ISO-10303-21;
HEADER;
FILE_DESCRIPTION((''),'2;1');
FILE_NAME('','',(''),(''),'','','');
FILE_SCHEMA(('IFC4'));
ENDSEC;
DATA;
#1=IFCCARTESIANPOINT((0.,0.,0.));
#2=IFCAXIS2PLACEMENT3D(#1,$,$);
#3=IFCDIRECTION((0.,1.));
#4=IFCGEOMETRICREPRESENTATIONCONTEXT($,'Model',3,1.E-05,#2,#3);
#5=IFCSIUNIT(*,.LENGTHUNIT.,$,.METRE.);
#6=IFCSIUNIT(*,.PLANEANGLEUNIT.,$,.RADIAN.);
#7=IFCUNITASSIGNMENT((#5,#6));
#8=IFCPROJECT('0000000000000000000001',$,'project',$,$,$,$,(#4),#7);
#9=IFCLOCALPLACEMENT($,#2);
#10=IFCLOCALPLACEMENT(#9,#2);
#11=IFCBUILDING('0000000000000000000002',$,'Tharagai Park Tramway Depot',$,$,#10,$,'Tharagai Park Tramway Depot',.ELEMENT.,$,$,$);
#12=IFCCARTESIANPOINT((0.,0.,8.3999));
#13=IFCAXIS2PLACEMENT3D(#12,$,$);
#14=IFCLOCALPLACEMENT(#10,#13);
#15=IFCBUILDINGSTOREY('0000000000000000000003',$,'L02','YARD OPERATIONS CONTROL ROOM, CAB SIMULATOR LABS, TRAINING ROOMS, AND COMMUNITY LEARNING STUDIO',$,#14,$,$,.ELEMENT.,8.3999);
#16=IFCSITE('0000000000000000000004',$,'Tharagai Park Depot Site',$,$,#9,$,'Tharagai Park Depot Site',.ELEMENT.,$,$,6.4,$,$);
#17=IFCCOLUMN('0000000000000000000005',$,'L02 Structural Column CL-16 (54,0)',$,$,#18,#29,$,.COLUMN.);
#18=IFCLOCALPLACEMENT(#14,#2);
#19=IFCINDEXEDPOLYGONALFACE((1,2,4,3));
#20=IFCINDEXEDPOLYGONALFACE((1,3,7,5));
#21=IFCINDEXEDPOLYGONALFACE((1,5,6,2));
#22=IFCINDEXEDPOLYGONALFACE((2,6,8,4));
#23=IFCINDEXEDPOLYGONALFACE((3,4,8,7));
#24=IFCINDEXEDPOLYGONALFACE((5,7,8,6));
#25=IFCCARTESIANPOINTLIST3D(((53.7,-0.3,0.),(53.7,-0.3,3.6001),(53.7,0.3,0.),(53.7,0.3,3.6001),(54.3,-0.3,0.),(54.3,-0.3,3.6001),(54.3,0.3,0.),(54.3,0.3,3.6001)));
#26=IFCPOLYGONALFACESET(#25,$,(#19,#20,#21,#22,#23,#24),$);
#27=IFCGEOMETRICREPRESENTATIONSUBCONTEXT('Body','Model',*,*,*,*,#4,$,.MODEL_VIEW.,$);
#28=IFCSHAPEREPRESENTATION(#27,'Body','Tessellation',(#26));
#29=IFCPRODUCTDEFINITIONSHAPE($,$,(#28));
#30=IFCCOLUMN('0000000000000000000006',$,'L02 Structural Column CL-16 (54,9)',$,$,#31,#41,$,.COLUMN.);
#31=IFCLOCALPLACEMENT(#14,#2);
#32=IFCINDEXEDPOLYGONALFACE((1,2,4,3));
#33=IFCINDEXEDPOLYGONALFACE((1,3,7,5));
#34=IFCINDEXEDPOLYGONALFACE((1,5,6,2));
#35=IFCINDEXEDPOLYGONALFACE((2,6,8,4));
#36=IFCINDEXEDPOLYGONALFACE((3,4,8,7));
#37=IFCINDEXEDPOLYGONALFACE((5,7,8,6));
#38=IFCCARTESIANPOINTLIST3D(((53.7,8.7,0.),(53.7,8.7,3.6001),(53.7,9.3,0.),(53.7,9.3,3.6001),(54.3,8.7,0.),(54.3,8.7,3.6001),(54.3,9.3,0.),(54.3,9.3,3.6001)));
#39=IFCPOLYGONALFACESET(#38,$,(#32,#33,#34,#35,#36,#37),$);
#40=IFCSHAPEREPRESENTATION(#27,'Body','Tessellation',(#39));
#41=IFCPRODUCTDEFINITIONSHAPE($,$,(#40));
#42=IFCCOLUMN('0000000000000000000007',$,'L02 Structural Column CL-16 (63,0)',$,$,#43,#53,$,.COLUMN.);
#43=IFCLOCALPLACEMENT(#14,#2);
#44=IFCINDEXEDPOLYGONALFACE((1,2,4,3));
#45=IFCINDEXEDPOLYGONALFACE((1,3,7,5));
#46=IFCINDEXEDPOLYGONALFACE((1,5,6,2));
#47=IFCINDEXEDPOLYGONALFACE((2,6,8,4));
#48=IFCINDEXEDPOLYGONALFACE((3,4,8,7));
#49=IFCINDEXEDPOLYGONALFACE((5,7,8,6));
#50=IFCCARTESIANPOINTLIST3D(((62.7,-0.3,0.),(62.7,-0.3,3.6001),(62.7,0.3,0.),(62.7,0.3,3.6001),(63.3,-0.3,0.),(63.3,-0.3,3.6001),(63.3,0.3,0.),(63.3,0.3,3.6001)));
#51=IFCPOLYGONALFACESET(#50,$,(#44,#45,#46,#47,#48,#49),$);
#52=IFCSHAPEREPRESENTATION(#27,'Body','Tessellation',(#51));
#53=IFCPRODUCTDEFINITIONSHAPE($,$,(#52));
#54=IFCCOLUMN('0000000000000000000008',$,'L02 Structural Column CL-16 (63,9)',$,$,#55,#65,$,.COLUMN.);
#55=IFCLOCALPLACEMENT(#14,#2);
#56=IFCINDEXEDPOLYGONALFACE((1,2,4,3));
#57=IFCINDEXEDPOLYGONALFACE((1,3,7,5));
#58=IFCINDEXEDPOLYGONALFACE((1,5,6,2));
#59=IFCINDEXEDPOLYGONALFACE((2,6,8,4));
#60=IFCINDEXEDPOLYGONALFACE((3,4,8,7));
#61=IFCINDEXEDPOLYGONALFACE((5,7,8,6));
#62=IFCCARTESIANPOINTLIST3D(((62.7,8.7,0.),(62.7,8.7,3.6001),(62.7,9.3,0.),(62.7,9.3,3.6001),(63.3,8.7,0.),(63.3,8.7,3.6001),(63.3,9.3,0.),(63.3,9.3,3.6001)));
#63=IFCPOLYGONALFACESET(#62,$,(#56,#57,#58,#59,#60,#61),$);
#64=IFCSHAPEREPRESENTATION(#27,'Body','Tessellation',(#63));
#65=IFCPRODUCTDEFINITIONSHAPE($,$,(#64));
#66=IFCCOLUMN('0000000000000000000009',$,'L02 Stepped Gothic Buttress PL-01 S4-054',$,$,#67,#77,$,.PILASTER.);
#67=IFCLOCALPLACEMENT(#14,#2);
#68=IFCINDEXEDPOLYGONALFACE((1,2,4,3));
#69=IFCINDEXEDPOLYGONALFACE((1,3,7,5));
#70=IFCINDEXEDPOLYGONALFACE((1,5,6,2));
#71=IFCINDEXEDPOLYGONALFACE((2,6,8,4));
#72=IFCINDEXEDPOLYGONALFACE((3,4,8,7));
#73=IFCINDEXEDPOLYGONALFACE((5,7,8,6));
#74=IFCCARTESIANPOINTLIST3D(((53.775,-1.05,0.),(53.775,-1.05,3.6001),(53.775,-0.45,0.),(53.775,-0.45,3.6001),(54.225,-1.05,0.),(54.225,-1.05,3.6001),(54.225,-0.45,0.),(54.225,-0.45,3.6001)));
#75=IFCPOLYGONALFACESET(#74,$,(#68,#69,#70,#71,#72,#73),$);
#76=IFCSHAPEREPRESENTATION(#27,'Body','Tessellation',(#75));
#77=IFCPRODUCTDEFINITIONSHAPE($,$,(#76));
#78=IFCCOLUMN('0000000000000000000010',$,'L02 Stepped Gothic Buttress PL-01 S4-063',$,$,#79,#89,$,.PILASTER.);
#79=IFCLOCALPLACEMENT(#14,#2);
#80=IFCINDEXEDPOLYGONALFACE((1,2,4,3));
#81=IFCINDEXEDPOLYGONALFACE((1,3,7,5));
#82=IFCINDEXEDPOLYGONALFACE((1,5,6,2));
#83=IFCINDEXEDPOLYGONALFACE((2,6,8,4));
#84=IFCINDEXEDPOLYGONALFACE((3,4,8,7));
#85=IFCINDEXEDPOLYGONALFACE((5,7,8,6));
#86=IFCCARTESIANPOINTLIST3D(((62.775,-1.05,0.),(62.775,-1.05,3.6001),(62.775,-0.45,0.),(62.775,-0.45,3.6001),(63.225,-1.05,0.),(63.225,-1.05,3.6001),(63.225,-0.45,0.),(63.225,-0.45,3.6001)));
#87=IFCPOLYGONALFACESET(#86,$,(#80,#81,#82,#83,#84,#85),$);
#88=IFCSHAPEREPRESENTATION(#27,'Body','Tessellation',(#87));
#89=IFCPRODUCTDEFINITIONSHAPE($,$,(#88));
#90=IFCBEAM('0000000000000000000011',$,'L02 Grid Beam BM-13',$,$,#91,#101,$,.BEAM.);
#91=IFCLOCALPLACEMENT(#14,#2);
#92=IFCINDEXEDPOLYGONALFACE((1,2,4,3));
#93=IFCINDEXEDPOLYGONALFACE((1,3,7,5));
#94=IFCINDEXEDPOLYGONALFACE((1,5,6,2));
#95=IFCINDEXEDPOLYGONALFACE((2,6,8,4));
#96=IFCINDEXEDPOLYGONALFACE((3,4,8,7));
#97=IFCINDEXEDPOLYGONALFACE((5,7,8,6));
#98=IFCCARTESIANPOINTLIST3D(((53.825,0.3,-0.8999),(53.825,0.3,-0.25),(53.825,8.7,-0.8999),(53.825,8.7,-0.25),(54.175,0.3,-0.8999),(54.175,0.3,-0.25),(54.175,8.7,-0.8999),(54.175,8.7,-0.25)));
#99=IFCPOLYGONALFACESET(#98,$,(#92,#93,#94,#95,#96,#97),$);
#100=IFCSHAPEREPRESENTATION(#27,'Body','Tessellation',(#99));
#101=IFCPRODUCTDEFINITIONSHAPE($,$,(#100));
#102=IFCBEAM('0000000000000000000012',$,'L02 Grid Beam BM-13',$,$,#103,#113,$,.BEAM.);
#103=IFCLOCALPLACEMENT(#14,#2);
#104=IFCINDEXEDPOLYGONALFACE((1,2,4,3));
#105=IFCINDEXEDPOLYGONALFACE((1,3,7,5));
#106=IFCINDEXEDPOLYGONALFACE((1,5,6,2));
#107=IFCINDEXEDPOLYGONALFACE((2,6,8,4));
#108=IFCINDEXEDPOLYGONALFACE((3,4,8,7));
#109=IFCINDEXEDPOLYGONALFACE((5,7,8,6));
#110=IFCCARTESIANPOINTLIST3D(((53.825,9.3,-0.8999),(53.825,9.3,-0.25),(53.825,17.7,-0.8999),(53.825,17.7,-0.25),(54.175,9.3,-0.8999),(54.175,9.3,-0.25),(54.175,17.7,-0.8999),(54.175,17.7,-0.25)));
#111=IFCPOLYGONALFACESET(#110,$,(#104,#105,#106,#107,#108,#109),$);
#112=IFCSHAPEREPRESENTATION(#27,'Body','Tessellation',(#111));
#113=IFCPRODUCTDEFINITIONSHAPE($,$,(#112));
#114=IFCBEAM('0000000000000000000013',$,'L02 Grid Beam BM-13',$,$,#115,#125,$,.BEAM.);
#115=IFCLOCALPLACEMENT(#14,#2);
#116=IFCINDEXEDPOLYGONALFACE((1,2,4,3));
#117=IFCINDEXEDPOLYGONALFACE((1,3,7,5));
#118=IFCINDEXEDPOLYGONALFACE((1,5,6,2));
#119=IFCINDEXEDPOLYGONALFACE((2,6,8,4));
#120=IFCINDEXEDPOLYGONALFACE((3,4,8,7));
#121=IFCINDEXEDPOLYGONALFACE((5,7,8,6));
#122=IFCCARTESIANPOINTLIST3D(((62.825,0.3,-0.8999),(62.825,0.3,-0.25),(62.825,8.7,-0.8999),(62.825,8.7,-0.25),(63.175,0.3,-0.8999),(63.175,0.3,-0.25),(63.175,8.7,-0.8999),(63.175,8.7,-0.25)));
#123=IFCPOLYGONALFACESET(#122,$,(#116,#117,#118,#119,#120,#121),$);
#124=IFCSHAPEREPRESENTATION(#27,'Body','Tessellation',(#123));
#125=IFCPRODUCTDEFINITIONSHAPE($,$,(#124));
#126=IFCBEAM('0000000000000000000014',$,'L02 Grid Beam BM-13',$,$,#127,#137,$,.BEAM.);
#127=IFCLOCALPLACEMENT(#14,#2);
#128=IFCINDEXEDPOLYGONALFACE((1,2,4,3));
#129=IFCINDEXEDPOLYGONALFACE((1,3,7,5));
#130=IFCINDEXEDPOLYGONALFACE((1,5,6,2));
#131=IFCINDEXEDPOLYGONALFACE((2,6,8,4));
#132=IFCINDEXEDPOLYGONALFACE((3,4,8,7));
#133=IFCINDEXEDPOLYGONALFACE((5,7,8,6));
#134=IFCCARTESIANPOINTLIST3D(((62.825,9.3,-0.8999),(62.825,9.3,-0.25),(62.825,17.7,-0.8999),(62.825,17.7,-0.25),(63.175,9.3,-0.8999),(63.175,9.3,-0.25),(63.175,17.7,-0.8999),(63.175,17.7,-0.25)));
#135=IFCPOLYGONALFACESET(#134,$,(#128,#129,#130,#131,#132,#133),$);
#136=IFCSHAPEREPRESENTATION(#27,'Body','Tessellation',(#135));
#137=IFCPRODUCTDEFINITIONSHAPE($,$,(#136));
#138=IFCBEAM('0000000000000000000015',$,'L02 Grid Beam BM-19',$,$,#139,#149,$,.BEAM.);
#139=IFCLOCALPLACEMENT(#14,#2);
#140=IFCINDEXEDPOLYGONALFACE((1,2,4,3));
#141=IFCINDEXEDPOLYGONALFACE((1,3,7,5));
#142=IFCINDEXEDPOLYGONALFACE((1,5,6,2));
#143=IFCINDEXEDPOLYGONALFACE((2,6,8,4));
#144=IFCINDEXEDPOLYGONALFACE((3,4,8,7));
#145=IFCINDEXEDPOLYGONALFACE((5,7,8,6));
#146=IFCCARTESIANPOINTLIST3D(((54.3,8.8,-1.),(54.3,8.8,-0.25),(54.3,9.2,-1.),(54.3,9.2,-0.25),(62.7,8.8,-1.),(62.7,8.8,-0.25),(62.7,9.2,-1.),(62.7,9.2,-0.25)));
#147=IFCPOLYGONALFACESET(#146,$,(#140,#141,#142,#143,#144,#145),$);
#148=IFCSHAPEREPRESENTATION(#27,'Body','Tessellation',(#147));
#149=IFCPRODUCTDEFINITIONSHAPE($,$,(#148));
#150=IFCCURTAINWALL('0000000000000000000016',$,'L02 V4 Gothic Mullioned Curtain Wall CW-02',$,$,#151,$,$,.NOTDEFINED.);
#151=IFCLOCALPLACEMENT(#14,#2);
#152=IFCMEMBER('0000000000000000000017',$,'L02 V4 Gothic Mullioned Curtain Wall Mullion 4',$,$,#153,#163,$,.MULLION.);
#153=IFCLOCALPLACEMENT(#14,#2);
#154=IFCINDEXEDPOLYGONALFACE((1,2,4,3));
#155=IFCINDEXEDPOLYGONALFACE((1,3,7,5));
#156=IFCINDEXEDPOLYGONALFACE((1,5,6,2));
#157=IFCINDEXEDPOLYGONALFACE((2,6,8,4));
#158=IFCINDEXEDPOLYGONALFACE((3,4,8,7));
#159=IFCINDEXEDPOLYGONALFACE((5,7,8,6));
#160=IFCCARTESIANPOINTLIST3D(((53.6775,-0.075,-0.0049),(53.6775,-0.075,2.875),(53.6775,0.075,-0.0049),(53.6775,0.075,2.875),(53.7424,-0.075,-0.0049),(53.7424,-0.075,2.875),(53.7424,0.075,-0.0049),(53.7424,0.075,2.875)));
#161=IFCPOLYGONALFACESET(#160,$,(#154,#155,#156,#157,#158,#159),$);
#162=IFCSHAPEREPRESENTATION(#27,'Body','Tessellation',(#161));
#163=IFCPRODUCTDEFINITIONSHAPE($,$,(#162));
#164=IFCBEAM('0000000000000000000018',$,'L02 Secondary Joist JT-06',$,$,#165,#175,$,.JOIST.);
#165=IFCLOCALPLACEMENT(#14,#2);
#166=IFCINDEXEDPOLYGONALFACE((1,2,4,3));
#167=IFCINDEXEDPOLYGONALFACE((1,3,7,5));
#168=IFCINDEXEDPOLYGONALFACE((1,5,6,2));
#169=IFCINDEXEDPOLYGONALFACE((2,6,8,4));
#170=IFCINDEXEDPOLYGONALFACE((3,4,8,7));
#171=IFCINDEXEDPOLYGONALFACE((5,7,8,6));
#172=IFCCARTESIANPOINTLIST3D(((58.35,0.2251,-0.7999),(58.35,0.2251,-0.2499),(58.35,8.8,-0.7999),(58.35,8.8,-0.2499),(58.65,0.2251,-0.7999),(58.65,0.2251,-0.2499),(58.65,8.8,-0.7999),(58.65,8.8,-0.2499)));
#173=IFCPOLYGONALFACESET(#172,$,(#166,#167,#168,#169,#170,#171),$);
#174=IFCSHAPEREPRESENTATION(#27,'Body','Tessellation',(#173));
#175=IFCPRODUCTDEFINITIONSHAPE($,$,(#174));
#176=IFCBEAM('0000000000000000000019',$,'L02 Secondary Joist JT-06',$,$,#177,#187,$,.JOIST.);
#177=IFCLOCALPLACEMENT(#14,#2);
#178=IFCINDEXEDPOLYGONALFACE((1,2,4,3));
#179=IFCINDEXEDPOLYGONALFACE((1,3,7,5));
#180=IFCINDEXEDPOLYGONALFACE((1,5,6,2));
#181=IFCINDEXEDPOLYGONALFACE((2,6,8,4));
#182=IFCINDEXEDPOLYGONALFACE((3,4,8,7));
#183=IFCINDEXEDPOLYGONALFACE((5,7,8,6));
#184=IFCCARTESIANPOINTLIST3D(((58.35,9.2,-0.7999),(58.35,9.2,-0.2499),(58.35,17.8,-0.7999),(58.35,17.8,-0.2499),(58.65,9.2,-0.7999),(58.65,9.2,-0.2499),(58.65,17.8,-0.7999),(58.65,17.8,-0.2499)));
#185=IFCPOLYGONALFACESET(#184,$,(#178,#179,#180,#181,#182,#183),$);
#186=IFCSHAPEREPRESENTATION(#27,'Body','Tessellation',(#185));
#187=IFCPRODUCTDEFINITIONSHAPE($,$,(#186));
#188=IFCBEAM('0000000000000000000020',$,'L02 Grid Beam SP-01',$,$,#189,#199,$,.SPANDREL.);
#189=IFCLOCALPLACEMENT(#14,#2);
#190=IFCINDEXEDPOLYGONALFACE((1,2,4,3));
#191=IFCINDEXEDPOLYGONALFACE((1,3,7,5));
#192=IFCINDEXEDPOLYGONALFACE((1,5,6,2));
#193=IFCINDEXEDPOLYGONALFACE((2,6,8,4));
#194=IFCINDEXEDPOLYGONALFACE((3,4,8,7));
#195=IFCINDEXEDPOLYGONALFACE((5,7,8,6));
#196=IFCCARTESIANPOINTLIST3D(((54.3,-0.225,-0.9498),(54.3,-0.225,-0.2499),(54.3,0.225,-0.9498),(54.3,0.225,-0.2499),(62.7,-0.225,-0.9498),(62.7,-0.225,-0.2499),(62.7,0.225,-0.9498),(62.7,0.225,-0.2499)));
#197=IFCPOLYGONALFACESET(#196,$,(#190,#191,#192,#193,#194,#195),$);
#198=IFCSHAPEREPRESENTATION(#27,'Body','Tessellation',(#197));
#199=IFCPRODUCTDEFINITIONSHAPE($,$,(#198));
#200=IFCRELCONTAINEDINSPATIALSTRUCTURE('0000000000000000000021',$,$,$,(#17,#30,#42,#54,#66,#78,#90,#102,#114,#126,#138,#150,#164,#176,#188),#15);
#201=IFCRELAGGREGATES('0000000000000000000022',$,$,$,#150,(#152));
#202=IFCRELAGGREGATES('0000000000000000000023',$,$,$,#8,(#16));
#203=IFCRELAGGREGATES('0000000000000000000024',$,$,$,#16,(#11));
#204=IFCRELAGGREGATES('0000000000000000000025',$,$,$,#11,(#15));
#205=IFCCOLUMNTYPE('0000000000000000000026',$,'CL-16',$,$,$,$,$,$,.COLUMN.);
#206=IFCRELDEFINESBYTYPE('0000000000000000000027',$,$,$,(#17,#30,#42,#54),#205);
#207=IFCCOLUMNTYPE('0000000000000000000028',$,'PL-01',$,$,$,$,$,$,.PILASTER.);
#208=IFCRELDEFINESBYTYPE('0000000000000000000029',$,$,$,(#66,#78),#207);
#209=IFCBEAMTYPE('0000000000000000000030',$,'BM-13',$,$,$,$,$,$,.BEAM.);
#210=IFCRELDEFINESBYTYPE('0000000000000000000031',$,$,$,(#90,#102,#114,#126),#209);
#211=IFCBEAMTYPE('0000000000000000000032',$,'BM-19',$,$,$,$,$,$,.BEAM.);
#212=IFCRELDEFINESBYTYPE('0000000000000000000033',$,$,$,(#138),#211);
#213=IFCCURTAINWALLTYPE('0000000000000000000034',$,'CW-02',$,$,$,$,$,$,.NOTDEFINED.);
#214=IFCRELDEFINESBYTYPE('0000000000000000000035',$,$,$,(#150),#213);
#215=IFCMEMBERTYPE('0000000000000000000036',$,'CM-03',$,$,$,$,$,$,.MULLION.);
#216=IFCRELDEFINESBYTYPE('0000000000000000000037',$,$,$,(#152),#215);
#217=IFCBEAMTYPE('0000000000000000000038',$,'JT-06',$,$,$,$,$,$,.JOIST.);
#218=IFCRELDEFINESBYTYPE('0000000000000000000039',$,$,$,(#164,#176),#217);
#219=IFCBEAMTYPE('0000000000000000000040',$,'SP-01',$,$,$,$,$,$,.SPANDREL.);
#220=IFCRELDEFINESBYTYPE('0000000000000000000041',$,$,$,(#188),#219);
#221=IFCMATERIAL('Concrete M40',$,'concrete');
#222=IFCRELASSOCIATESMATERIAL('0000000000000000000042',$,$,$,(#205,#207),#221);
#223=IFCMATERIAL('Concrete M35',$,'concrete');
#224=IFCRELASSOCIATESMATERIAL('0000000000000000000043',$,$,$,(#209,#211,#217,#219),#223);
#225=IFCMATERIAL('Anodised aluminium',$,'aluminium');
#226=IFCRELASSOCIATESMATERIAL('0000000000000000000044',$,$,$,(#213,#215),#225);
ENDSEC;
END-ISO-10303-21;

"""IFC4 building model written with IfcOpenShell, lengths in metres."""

from ifc_helpers import new_model, si_unit, direction, frame, origin, origin_2d, place, context, subcontext, project, spatial, rectangle, extrude, material, material_profile, profile_set, type_object, element, aggregate, save


model = new_model("IFC4")

# Units and contexts
model_context = context("Model", 3, precision=1e-05, world=origin(), true_north=direction((0.0, 1.0)))
body_context = subcontext(model_context, "Body", "Model", "MODEL_VIEW")
ifc_project = project(units=[si_unit("LENGTHUNIT", "METRE"), si_unit("PLANEANGLEUNIT", "RADIAN")], contexts=[model_context])

# Site, building, storey
site_placement = place(None, origin())
site = spatial("IfcSite", under=ifc_project, at=site_placement, Name="Tharagai Park Depot Site", LongName="Tharagai Park Depot Site", CompositionType="ELEMENT", RefElevation=6.4)
building_placement = place(site_placement, origin())
building = spatial("IfcBuilding", under=site, at=building_placement, Name="Tharagai Park Tramway Depot", LongName="Tharagai Park Tramway Depot", CompositionType="ELEMENT")
storey_placement = place(building_placement, frame((0.0, 0.0, 8.3999)))
storey = spatial("IfcBuildingStorey", under=building, at=storey_placement, Name="L02", Description="YARD OPERATIONS CONTROL ROOM, CAB SIMULATOR LABS, TRAINING ROOMS, AND COMMUNITY LEARNING STUDIO", CompositionType="ELEMENT", Elevation=8.3999)

# Columns
ifc_material_1 = material(Name="Concrete M40", Category="concrete")
ifc_material_profile_1 = material_profile(ifc_material_1, rectangle(XDim=0.6001, YDim=0.6001, at=origin_2d()), Name="RC 600x600")
ifc_profile_set_1 = profile_set([ifc_material_profile_1], Name="Concrete M40")
column_type_1 = type_object("IfcColumnType", Name="CL-16", PredefinedType="COLUMN", material=ifc_profile_set_1)
for number, where, z_axis, x_axis, name in (
    (1, (54.0, 0.0, 0.0), (0.0, 0.0, 1.0), (1.0, 0.0, 0.0), "L02 Structural Column CL-16 (54,0)"),
    (2, (54.0, 9.0, 0.0), (0.0, 0.0, 1.0), (1.0, 0.0, 0.0), "L02 Structural Column CL-16 (54,9)"),
    (3, (63.0, 0.0, 0.0), (0.0, 0.0, 1.0), (1.0, 0.0, 0.0), "L02 Structural Column CL-16 (63,0)"),
    (4, (63.0, 9.0, 0.0), (0.0, 0.0, 1.0), (1.0, 0.0, 0.0), "L02 Structural Column CL-16 (63,9)"),
):
    element("IfcColumn", number, at=place(storey_placement, frame(where, z_axis=z_axis, x_axis=x_axis)), inside=storey, type_object=column_type_1, Name=name, PredefinedType="COLUMN", context=body_context, shape_type="SweptSolid", body=[
        extrude(rectangle(XDim=0.6001, YDim=0.6001, at=origin_2d()), origin(), (0.0, 0.0, 1.0), 3.6001),
    ])
ifc_material_profile_2 = material_profile(ifc_material_1, rectangle(XDim=0.45, YDim=0.6001, at=origin_2d()), Name="RC 450x600")
ifc_profile_set_2 = profile_set([ifc_material_profile_2], Name="Concrete M40")
column_type_2 = type_object("IfcColumnType", Name="PL-01", PredefinedType="PILASTER", material=ifc_profile_set_2)
for number, where, z_axis, x_axis, name in (
    (5, (54.0, -0.75, 0.0), (0.0, 0.0, 1.0), (1.0, 0.0, 0.0), "L02 Stepped Gothic Buttress PL-01 S4-054"),
    (6, (63.0, -0.75, 0.0), (0.0, 0.0, 1.0), (1.0, 0.0, 0.0), "L02 Stepped Gothic Buttress PL-01 S4-063"),
):
    element("IfcColumn", number, at=place(storey_placement, frame(where, z_axis=z_axis, x_axis=x_axis)), inside=storey, type_object=column_type_2, Name=name, PredefinedType="PILASTER", context=body_context, shape_type="SweptSolid", body=[
        extrude(rectangle(XDim=0.45, YDim=0.6001, at=origin_2d()), origin(), (0.0, 0.0, 1.0), 3.6001),
    ])

# Beams
ifc_material_2 = material(Name="Concrete M35", Category="concrete")
ifc_material_profile_3 = material_profile(ifc_material_2, rectangle(XDim=0.3501, YDim=0.6499, at=origin_2d()), Name="RC 350x650")
ifc_profile_set_3 = profile_set([ifc_material_profile_3], Name="Concrete M35")
beam_type_1 = type_object("IfcBeamType", Name="BM-13", PredefinedType="BEAM", material=ifc_profile_set_3)
for number, where, z_axis, x_axis, name in (
    (7, (54.0, 0.3, -0.575), (0.0, 1.0, 0.0), (-1.0, 0.0, 0.0), "L02 Grid Beam BM-13"),
    (8, (54.0, 9.3, -0.575), (0.0, 1.0, 0.0), (-1.0, 0.0, 0.0), "L02 Grid Beam BM-13"),
    (9, (63.0, 0.3, -0.575), (0.0, 1.0, 0.0), (-1.0, 0.0, 0.0), "L02 Grid Beam BM-13"),
    (10, (63.0, 9.3, -0.575), (0.0, 1.0, 0.0), (-1.0, 0.0, 0.0), "L02 Grid Beam BM-13"),
):
    element("IfcBeam", number, at=place(storey_placement, frame(where, z_axis=z_axis, x_axis=x_axis)), inside=storey, type_object=beam_type_1, Name=name, PredefinedType="BEAM", context=body_context, shape_type="SweptSolid", body=[
        extrude(rectangle(XDim=0.3501, YDim=0.6499, at=origin_2d()), origin(), (0.0, 0.0, 1.0), 8.3999),
    ])
ifc_material_profile_4 = material_profile(ifc_material_2, rectangle(XDim=0.3999, YDim=0.75, at=origin_2d()), Name="RC 400x750")
ifc_profile_set_4 = profile_set([ifc_material_profile_4], Name="Concrete M35")
beam_type_2 = type_object("IfcBeamType", Name="BM-19", PredefinedType="BEAM", material=ifc_profile_set_4)
beam_1_placement = place(storey_placement, frame((54.3, 9.0, -0.625), z_axis=(1.0, 0.0, 0.0), x_axis=(0.0, 1.0, 0.0)))
element("IfcBeam", 11, at=beam_1_placement, inside=storey, type_object=beam_type_2, Name="L02 Grid Beam BM-19", PredefinedType="BEAM", context=body_context, shape_type="SweptSolid", body=[
    extrude(rectangle(XDim=0.3999, YDim=0.75, at=origin_2d()), origin(), (0.0, 0.0, 1.0), 8.3999),
])

# Curtain wall, member
ifc_material_3 = material(Name="Anodised aluminium", Category="aluminium")
curtain_wall_type = type_object("IfcCurtainWallType", Name="CW-02", PredefinedType="NOTDEFINED", material=ifc_material_3)
curtain_wall_placement = place(storey_placement, origin())
curtain_wall = element("IfcCurtainWall", 12, at=curtain_wall_placement, inside=storey, type_object=curtain_wall_type, Name="L02 V4 Gothic Mullioned Curtain Wall CW-02", PredefinedType="NOTDEFINED")
ifc_material_profile_5 = material_profile(ifc_material_3, rectangle(XDim=0.0649, YDim=0.1499, at=origin_2d()), Name="ALU 65x150")
ifc_profile_set_5 = profile_set([ifc_material_profile_5], Name="Anodised aluminium")
member_type = type_object("IfcMemberType", Name="CM-03", PredefinedType="MULLION", material=ifc_profile_set_5)
member_placement = place(storey_placement, frame((53.71, 0.0, -0.0049), z_axis=(0.0, 0.0, 1.0), x_axis=(1.0, 0.0, 0.0)))
member = element("IfcMember", 13, at=member_placement, type_object=member_type, Name="L02 V4 Gothic Mullioned Curtain Wall Mullion 4", PredefinedType="MULLION", context=body_context, shape_type="SweptSolid", body=[
    extrude(rectangle(XDim=0.0649, YDim=0.1499, at=origin_2d()), origin(), (0.0, 0.0, 1.0), 2.8799),
])
aggregate(curtain_wall, [member])

# Beams
ifc_material_profile_6 = material_profile(ifc_material_2, rectangle(XDim=0.3, YDim=0.55, at=origin_2d()), Name="RC 300x550")
ifc_profile_set_6 = profile_set([ifc_material_profile_6], Name="Concrete M35")
beam_type_3 = type_object("IfcBeamType", Name="JT-06", PredefinedType="JOIST", material=ifc_profile_set_6)
beam_2_placement = place(storey_placement, frame((58.5, 0.2251, -0.5249), z_axis=(0.0, 1.0, 0.0), x_axis=(-1.0, 0.0, 0.0)))
element("IfcBeam", 14, at=beam_2_placement, inside=storey, type_object=beam_type_3, Name="L02 Secondary Joist JT-06", PredefinedType="JOIST", context=body_context, shape_type="SweptSolid", body=[
    extrude(rectangle(XDim=0.3, YDim=0.55, at=origin_2d()), origin(), (0.0, 0.0, 1.0), 8.575),
])
beam_3_placement = place(storey_placement, frame((58.5, 9.2, -0.5249), z_axis=(0.0, 1.0, 0.0), x_axis=(-1.0, 0.0, 0.0)))
element("IfcBeam", 15, at=beam_3_placement, inside=storey, type_object=beam_type_3, Name="L02 Secondary Joist JT-06", PredefinedType="JOIST", context=body_context, shape_type="SweptSolid", body=[
    extrude(rectangle(XDim=0.3, YDim=0.55, at=origin_2d()), origin(), (0.0, 0.0, 1.0), 8.6001),
])
ifc_material_profile_7 = material_profile(ifc_material_2, rectangle(XDim=0.45, YDim=0.7, at=origin_2d()), Name="RC 450x700")
ifc_profile_set_7 = profile_set([ifc_material_profile_7], Name="Concrete M35")
beam_type_4 = type_object("IfcBeamType", Name="SP-01", PredefinedType="SPANDREL", material=ifc_profile_set_7)
beam_4_placement = place(storey_placement, frame((54.3, 0.0, -0.5999), z_axis=(1.0, 0.0, 0.0), x_axis=(0.0, 1.0, 0.0)))
element("IfcBeam", 16, at=beam_4_placement, inside=storey, type_object=beam_type_4, Name="L02 Grid Beam SP-01", PredefinedType="SPANDREL", context=body_context, shape_type="SweptSolid", body=[
    extrude(rectangle(XDim=0.45, YDim=0.7, at=origin_2d()), origin(), (0.0, 0.0, 1.0), 8.3999),
])

save(model, "model.ifc")
